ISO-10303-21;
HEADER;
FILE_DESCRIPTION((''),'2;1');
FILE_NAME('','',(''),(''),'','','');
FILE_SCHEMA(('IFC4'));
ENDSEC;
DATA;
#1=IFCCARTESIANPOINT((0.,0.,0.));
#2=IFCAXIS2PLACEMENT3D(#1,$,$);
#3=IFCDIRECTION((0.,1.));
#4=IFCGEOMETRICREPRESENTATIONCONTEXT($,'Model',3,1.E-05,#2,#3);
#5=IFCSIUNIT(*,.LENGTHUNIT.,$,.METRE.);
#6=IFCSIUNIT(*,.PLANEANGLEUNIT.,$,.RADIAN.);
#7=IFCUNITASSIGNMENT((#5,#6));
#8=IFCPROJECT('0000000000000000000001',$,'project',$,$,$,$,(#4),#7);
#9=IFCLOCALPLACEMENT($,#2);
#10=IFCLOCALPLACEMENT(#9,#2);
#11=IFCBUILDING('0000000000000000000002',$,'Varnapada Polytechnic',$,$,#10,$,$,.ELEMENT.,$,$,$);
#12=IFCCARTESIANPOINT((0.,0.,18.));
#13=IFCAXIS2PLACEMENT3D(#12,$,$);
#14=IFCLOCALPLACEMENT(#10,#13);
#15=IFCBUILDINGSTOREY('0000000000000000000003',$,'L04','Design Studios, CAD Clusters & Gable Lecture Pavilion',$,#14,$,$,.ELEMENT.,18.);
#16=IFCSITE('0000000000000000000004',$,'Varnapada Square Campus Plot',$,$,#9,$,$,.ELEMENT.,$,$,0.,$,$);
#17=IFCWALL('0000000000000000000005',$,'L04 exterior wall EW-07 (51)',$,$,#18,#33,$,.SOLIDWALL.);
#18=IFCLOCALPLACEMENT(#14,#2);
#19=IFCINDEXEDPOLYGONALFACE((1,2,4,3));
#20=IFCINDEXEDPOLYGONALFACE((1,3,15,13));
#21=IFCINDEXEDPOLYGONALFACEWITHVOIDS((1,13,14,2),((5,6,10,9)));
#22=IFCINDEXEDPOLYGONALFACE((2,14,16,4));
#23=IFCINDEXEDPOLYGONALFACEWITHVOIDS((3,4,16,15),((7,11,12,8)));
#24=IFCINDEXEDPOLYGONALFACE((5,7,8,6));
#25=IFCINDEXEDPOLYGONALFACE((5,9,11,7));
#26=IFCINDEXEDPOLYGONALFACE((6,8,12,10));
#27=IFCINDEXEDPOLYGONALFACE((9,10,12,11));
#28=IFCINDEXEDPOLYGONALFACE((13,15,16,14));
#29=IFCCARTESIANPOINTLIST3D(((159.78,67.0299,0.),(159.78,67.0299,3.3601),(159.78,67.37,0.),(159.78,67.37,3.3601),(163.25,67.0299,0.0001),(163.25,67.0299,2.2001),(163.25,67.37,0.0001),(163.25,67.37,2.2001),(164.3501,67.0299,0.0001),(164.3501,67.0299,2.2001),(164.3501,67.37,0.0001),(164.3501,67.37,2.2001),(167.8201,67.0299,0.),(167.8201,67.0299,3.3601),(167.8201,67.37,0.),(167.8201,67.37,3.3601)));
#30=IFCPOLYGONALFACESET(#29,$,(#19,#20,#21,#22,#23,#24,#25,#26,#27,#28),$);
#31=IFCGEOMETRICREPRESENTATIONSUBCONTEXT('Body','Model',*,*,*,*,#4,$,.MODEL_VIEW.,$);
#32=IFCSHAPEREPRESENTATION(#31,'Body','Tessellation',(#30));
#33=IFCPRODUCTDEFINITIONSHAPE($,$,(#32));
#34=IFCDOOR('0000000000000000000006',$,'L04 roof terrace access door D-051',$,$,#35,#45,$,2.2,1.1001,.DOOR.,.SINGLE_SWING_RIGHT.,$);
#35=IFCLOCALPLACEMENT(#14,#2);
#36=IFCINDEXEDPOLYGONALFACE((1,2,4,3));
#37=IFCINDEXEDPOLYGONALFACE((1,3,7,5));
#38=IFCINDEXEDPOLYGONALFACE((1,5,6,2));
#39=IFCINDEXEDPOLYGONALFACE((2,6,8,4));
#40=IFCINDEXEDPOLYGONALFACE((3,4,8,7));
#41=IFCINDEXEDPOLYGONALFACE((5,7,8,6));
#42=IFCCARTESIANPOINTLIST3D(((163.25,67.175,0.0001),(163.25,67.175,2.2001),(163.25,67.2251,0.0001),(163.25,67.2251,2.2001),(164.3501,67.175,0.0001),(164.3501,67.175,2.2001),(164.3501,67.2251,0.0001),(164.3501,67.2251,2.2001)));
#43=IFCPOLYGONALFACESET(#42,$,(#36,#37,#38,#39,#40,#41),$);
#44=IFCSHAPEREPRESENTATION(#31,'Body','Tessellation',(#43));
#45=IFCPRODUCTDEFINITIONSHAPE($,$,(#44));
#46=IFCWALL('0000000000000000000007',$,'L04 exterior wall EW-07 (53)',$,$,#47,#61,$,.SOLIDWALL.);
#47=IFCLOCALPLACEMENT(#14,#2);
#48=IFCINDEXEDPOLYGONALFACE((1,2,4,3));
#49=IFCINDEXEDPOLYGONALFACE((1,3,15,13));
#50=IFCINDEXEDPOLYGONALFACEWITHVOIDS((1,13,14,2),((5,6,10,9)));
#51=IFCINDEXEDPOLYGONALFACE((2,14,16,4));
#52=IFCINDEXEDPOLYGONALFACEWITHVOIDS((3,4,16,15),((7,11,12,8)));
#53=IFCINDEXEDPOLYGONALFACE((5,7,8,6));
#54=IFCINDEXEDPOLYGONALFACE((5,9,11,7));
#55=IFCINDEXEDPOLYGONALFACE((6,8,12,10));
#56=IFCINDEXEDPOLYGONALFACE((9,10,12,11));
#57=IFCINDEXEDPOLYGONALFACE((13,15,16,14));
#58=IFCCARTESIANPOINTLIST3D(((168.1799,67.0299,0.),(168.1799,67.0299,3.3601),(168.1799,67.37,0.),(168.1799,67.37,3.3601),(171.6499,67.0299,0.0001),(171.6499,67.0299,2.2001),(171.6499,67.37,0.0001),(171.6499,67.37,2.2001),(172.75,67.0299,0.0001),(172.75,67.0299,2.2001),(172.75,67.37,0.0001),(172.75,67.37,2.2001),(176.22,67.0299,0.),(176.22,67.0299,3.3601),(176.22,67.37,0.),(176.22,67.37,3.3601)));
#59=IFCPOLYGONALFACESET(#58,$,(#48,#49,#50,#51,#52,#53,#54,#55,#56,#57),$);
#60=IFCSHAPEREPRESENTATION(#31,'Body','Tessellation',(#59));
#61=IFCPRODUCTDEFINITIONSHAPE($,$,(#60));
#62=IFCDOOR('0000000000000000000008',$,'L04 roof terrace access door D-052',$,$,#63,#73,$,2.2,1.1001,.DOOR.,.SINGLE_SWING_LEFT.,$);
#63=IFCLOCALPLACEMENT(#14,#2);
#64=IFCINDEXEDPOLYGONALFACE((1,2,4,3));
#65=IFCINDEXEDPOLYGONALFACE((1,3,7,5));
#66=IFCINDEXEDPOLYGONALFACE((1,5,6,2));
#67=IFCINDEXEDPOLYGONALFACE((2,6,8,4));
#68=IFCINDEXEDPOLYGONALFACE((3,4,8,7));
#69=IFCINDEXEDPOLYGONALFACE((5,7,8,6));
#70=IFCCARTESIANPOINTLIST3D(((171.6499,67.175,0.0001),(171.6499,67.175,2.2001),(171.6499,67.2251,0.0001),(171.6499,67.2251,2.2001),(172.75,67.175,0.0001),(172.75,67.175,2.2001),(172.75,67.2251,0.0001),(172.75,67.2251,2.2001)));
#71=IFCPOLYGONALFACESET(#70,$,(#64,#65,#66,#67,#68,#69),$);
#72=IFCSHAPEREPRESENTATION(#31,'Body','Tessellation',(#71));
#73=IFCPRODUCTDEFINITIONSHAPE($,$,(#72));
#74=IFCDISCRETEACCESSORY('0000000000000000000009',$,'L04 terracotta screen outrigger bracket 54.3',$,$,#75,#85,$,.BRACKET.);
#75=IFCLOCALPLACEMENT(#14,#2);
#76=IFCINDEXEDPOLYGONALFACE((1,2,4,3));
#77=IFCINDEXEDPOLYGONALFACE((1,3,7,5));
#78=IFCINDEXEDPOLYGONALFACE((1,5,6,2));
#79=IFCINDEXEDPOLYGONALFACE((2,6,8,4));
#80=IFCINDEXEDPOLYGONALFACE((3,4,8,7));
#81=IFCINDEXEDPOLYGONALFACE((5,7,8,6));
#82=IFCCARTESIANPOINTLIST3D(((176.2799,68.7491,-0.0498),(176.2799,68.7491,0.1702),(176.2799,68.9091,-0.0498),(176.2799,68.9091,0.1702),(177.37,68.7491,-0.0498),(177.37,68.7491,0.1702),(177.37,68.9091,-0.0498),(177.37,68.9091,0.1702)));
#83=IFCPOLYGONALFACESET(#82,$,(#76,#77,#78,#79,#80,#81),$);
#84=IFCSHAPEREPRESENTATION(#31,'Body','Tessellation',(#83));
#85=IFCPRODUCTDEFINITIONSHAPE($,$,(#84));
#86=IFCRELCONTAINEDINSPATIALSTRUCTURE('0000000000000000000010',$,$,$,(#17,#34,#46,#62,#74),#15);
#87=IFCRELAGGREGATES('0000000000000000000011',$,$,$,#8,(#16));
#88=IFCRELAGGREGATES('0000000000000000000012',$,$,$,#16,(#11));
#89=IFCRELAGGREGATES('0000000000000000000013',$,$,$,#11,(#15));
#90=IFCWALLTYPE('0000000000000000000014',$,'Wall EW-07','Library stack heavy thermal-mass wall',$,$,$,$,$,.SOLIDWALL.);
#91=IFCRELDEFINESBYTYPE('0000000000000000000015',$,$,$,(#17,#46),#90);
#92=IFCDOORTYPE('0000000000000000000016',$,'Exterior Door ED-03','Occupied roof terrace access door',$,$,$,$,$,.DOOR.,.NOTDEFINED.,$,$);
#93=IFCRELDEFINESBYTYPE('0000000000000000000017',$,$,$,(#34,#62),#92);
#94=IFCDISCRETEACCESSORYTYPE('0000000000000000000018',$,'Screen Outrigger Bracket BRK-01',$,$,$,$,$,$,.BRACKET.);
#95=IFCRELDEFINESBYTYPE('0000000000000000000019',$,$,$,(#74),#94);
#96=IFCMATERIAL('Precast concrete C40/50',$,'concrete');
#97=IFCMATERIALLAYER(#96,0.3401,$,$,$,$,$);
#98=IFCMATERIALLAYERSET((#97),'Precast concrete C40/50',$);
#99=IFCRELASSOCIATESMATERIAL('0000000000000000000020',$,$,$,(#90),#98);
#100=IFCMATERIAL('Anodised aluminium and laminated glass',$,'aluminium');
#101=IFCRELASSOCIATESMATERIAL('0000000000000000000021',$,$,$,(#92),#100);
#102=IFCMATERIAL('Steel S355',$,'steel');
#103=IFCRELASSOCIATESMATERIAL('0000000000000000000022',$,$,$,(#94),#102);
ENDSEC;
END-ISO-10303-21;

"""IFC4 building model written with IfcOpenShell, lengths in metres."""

from ifc_helpers import new_model, si_unit, direction, frame, frame_2d, origin, origin_2d, place, context, subcontext, project, spatial, rectangle, extrude, material, layer, layer_set, type_object, element, fill, save


model = new_model("IFC4")

# Units and contexts
model_context = context("Model", 3, precision=1e-05, world=origin(), true_north=direction((0.0, 1.0)))
body_context = subcontext(model_context, "Body", "Model", "MODEL_VIEW")
ifc_project = project(units=[si_unit("LENGTHUNIT", "METRE"), si_unit("PLANEANGLEUNIT", "RADIAN")], contexts=[model_context])

# Site, building, storey
site_placement = place(None, origin())
site = spatial("IfcSite", under=ifc_project, at=site_placement, Name="Varnapada Square Campus Plot", CompositionType="ELEMENT", RefElevation=0.0)
building_placement = place(site_placement, origin())
building = spatial("IfcBuilding", under=site, at=building_placement, Name="Varnapada Polytechnic", CompositionType="ELEMENT")
storey_placement = place(building_placement, frame((0.0, 0.0, 18.0)))
storey = spatial("IfcBuildingStorey", under=building, at=storey_placement, Name="L04", Description="Design Studios, CAD Clusters & Gable Lecture Pavilion", CompositionType="ELEMENT", Elevation=18.0)

# Walls, openings, doors
ifc_material_1 = material(Name="Precast concrete C40/50", Category="concrete")
ifc_layer_1 = layer(ifc_material_1, 0.3401)
ifc_layer_set_1 = layer_set([ifc_layer_1], Name="Precast concrete C40/50")
wall_type_1 = type_object("IfcWallType", Name="Wall EW-07", Description="Library stack heavy thermal-mass wall", PredefinedType="SOLIDWALL", material=ifc_layer_set_1)
wall_1_placement = place(storey_placement, frame((167.8201, 67.2, 0.0), z_axis=(0.0, 0.0, 1.0), x_axis=(-1.0, 0.0, 0.0)))
wall_1 = element("IfcWall", 1, at=wall_1_placement, inside=storey, type_object=wall_type_1, Name="L04 exterior wall EW-07 (51)", PredefinedType="SOLIDWALL", context=body_context, shape_type="SweptSolid", body=[
    extrude(rectangle(XDim=8.04, YDim=0.3401, at=frame_2d((4.02, 0.0))), origin(), (0.0, 0.0, 1.0), 3.3601),
])
opening_1_placement = place(wall_1_placement, frame((3.47, 0.0, 0.0)))
opening_1 = element("IfcOpeningElement", 2, at=opening_1_placement, cuts=wall_1, PredefinedType="OPENING", context=body_context, shape_type="SweptSolid", body=[
    extrude(rectangle(XDim=1.1001, YDim=2.2, at=frame_2d((0.55, 1.1001))), frame((0.0, 0.1799, 0.0), z_axis=(0.0, -1.0, 0.0), x_axis=(1.0, 0.0, 0.0)), (0.0, 0.0, 1.0), 0.3601),
])
ifc_material_2 = material(Name="Anodised aluminium and laminated glass", Category="aluminium")
door_type_1 = type_object("IfcDoorType", Name="Exterior Door ED-03", Description="Occupied roof terrace access door", OperationType="NOTDEFINED", PredefinedType="DOOR", material=ifc_material_2)
door_1_placement = place(opening_1_placement, origin())
door_1 = element("IfcDoor", 3, at=door_1_placement, inside=storey, type_object=door_type_1, Name="L04 roof terrace access door D-051", OperationType="SINGLE_SWING_RIGHT", OverallHeight=2.2, OverallWidth=1.1001, PredefinedType="DOOR", context=body_context, shape_type="SweptSolid", body=[
    extrude(rectangle(XDim=1.1001, YDim=2.2, at=frame_2d((0.55, 1.1001))), frame((0.0, 0.0249, 0.0), z_axis=(0.0, -1.0, 0.0), x_axis=(1.0, 0.0, 0.0)), (0.0, 0.0, 1.0), 0.05),
])
fill(opening_1, door_1)
wall_2_placement = place(storey_placement, frame((176.22, 67.2, 0.0), z_axis=(0.0, 0.0, 1.0), x_axis=(-1.0, 0.0, 0.0)))
wall_2 = element("IfcWall", 4, at=wall_2_placement, inside=storey, type_object=wall_type_1, Name="L04 exterior wall EW-07 (53)", PredefinedType="SOLIDWALL", context=body_context, shape_type="SweptSolid", body=[
    extrude(rectangle(XDim=8.04, YDim=0.3401, at=frame_2d((4.02, 0.0))), origin(), (0.0, 0.0, 1.0), 3.3601),
])
opening_2_placement = place(wall_2_placement, frame((3.47, 0.0, 0.0)))
opening_2 = element("IfcOpeningElement", 5, at=opening_2_placement, cuts=wall_2, PredefinedType="OPENING", context=body_context, shape_type="SweptSolid", body=[
    extrude(rectangle(XDim=1.1001, YDim=2.2, at=frame_2d((0.55, 1.1001))), frame((0.0, 0.1799, 0.0), z_axis=(0.0, -1.0, 0.0), x_axis=(1.0, 0.0, 0.0)), (0.0, 0.0, 1.0), 0.3601),
])
door_2_placement = place(opening_2_placement, origin())
door_2 = element("IfcDoor", 6, at=door_2_placement, inside=storey, type_object=door_type_1, Name="L04 roof terrace access door D-052", OperationType="SINGLE_SWING_LEFT", OverallHeight=2.2, OverallWidth=1.1001, PredefinedType="DOOR", context=body_context, shape_type="SweptSolid", body=[
    extrude(rectangle(XDim=1.1001, YDim=2.2, at=frame_2d((0.55, 1.1001))), frame((0.0, 0.0249, 0.0), z_axis=(0.0, -1.0, 0.0), x_axis=(1.0, 0.0, 0.0)), (0.0, 0.0, 1.0), 0.05),
])
fill(opening_2, door_2)

# Discrete accessory
ifc_material_3 = material(Name="Steel S355", Category="steel")
discrete_accessory_type = type_object("IfcDiscreteAccessoryType", Name="Screen Outrigger Bracket BRK-01", PredefinedType="BRACKET", material=ifc_material_3)
discrete_accessory_placement = place(storey_placement, frame((176.825, 68.8291, -0.0498), z_axis=(0.0, 0.0, 1.0), x_axis=(0.0, -1.0, 0.0)))
element("IfcDiscreteAccessory", 7, at=discrete_accessory_placement, inside=storey, type_object=discrete_accessory_type, Name="L04 terracotta screen outrigger bracket 54.3", PredefinedType="BRACKET", context=body_context, shape_type="SweptSolid", body=[
    extrude(rectangle(XDim=0.1599, YDim=1.0901, at=origin_2d()), origin(), (0.0, 0.0, 1.0), 0.22),
])

save(model, "model.ifc")
